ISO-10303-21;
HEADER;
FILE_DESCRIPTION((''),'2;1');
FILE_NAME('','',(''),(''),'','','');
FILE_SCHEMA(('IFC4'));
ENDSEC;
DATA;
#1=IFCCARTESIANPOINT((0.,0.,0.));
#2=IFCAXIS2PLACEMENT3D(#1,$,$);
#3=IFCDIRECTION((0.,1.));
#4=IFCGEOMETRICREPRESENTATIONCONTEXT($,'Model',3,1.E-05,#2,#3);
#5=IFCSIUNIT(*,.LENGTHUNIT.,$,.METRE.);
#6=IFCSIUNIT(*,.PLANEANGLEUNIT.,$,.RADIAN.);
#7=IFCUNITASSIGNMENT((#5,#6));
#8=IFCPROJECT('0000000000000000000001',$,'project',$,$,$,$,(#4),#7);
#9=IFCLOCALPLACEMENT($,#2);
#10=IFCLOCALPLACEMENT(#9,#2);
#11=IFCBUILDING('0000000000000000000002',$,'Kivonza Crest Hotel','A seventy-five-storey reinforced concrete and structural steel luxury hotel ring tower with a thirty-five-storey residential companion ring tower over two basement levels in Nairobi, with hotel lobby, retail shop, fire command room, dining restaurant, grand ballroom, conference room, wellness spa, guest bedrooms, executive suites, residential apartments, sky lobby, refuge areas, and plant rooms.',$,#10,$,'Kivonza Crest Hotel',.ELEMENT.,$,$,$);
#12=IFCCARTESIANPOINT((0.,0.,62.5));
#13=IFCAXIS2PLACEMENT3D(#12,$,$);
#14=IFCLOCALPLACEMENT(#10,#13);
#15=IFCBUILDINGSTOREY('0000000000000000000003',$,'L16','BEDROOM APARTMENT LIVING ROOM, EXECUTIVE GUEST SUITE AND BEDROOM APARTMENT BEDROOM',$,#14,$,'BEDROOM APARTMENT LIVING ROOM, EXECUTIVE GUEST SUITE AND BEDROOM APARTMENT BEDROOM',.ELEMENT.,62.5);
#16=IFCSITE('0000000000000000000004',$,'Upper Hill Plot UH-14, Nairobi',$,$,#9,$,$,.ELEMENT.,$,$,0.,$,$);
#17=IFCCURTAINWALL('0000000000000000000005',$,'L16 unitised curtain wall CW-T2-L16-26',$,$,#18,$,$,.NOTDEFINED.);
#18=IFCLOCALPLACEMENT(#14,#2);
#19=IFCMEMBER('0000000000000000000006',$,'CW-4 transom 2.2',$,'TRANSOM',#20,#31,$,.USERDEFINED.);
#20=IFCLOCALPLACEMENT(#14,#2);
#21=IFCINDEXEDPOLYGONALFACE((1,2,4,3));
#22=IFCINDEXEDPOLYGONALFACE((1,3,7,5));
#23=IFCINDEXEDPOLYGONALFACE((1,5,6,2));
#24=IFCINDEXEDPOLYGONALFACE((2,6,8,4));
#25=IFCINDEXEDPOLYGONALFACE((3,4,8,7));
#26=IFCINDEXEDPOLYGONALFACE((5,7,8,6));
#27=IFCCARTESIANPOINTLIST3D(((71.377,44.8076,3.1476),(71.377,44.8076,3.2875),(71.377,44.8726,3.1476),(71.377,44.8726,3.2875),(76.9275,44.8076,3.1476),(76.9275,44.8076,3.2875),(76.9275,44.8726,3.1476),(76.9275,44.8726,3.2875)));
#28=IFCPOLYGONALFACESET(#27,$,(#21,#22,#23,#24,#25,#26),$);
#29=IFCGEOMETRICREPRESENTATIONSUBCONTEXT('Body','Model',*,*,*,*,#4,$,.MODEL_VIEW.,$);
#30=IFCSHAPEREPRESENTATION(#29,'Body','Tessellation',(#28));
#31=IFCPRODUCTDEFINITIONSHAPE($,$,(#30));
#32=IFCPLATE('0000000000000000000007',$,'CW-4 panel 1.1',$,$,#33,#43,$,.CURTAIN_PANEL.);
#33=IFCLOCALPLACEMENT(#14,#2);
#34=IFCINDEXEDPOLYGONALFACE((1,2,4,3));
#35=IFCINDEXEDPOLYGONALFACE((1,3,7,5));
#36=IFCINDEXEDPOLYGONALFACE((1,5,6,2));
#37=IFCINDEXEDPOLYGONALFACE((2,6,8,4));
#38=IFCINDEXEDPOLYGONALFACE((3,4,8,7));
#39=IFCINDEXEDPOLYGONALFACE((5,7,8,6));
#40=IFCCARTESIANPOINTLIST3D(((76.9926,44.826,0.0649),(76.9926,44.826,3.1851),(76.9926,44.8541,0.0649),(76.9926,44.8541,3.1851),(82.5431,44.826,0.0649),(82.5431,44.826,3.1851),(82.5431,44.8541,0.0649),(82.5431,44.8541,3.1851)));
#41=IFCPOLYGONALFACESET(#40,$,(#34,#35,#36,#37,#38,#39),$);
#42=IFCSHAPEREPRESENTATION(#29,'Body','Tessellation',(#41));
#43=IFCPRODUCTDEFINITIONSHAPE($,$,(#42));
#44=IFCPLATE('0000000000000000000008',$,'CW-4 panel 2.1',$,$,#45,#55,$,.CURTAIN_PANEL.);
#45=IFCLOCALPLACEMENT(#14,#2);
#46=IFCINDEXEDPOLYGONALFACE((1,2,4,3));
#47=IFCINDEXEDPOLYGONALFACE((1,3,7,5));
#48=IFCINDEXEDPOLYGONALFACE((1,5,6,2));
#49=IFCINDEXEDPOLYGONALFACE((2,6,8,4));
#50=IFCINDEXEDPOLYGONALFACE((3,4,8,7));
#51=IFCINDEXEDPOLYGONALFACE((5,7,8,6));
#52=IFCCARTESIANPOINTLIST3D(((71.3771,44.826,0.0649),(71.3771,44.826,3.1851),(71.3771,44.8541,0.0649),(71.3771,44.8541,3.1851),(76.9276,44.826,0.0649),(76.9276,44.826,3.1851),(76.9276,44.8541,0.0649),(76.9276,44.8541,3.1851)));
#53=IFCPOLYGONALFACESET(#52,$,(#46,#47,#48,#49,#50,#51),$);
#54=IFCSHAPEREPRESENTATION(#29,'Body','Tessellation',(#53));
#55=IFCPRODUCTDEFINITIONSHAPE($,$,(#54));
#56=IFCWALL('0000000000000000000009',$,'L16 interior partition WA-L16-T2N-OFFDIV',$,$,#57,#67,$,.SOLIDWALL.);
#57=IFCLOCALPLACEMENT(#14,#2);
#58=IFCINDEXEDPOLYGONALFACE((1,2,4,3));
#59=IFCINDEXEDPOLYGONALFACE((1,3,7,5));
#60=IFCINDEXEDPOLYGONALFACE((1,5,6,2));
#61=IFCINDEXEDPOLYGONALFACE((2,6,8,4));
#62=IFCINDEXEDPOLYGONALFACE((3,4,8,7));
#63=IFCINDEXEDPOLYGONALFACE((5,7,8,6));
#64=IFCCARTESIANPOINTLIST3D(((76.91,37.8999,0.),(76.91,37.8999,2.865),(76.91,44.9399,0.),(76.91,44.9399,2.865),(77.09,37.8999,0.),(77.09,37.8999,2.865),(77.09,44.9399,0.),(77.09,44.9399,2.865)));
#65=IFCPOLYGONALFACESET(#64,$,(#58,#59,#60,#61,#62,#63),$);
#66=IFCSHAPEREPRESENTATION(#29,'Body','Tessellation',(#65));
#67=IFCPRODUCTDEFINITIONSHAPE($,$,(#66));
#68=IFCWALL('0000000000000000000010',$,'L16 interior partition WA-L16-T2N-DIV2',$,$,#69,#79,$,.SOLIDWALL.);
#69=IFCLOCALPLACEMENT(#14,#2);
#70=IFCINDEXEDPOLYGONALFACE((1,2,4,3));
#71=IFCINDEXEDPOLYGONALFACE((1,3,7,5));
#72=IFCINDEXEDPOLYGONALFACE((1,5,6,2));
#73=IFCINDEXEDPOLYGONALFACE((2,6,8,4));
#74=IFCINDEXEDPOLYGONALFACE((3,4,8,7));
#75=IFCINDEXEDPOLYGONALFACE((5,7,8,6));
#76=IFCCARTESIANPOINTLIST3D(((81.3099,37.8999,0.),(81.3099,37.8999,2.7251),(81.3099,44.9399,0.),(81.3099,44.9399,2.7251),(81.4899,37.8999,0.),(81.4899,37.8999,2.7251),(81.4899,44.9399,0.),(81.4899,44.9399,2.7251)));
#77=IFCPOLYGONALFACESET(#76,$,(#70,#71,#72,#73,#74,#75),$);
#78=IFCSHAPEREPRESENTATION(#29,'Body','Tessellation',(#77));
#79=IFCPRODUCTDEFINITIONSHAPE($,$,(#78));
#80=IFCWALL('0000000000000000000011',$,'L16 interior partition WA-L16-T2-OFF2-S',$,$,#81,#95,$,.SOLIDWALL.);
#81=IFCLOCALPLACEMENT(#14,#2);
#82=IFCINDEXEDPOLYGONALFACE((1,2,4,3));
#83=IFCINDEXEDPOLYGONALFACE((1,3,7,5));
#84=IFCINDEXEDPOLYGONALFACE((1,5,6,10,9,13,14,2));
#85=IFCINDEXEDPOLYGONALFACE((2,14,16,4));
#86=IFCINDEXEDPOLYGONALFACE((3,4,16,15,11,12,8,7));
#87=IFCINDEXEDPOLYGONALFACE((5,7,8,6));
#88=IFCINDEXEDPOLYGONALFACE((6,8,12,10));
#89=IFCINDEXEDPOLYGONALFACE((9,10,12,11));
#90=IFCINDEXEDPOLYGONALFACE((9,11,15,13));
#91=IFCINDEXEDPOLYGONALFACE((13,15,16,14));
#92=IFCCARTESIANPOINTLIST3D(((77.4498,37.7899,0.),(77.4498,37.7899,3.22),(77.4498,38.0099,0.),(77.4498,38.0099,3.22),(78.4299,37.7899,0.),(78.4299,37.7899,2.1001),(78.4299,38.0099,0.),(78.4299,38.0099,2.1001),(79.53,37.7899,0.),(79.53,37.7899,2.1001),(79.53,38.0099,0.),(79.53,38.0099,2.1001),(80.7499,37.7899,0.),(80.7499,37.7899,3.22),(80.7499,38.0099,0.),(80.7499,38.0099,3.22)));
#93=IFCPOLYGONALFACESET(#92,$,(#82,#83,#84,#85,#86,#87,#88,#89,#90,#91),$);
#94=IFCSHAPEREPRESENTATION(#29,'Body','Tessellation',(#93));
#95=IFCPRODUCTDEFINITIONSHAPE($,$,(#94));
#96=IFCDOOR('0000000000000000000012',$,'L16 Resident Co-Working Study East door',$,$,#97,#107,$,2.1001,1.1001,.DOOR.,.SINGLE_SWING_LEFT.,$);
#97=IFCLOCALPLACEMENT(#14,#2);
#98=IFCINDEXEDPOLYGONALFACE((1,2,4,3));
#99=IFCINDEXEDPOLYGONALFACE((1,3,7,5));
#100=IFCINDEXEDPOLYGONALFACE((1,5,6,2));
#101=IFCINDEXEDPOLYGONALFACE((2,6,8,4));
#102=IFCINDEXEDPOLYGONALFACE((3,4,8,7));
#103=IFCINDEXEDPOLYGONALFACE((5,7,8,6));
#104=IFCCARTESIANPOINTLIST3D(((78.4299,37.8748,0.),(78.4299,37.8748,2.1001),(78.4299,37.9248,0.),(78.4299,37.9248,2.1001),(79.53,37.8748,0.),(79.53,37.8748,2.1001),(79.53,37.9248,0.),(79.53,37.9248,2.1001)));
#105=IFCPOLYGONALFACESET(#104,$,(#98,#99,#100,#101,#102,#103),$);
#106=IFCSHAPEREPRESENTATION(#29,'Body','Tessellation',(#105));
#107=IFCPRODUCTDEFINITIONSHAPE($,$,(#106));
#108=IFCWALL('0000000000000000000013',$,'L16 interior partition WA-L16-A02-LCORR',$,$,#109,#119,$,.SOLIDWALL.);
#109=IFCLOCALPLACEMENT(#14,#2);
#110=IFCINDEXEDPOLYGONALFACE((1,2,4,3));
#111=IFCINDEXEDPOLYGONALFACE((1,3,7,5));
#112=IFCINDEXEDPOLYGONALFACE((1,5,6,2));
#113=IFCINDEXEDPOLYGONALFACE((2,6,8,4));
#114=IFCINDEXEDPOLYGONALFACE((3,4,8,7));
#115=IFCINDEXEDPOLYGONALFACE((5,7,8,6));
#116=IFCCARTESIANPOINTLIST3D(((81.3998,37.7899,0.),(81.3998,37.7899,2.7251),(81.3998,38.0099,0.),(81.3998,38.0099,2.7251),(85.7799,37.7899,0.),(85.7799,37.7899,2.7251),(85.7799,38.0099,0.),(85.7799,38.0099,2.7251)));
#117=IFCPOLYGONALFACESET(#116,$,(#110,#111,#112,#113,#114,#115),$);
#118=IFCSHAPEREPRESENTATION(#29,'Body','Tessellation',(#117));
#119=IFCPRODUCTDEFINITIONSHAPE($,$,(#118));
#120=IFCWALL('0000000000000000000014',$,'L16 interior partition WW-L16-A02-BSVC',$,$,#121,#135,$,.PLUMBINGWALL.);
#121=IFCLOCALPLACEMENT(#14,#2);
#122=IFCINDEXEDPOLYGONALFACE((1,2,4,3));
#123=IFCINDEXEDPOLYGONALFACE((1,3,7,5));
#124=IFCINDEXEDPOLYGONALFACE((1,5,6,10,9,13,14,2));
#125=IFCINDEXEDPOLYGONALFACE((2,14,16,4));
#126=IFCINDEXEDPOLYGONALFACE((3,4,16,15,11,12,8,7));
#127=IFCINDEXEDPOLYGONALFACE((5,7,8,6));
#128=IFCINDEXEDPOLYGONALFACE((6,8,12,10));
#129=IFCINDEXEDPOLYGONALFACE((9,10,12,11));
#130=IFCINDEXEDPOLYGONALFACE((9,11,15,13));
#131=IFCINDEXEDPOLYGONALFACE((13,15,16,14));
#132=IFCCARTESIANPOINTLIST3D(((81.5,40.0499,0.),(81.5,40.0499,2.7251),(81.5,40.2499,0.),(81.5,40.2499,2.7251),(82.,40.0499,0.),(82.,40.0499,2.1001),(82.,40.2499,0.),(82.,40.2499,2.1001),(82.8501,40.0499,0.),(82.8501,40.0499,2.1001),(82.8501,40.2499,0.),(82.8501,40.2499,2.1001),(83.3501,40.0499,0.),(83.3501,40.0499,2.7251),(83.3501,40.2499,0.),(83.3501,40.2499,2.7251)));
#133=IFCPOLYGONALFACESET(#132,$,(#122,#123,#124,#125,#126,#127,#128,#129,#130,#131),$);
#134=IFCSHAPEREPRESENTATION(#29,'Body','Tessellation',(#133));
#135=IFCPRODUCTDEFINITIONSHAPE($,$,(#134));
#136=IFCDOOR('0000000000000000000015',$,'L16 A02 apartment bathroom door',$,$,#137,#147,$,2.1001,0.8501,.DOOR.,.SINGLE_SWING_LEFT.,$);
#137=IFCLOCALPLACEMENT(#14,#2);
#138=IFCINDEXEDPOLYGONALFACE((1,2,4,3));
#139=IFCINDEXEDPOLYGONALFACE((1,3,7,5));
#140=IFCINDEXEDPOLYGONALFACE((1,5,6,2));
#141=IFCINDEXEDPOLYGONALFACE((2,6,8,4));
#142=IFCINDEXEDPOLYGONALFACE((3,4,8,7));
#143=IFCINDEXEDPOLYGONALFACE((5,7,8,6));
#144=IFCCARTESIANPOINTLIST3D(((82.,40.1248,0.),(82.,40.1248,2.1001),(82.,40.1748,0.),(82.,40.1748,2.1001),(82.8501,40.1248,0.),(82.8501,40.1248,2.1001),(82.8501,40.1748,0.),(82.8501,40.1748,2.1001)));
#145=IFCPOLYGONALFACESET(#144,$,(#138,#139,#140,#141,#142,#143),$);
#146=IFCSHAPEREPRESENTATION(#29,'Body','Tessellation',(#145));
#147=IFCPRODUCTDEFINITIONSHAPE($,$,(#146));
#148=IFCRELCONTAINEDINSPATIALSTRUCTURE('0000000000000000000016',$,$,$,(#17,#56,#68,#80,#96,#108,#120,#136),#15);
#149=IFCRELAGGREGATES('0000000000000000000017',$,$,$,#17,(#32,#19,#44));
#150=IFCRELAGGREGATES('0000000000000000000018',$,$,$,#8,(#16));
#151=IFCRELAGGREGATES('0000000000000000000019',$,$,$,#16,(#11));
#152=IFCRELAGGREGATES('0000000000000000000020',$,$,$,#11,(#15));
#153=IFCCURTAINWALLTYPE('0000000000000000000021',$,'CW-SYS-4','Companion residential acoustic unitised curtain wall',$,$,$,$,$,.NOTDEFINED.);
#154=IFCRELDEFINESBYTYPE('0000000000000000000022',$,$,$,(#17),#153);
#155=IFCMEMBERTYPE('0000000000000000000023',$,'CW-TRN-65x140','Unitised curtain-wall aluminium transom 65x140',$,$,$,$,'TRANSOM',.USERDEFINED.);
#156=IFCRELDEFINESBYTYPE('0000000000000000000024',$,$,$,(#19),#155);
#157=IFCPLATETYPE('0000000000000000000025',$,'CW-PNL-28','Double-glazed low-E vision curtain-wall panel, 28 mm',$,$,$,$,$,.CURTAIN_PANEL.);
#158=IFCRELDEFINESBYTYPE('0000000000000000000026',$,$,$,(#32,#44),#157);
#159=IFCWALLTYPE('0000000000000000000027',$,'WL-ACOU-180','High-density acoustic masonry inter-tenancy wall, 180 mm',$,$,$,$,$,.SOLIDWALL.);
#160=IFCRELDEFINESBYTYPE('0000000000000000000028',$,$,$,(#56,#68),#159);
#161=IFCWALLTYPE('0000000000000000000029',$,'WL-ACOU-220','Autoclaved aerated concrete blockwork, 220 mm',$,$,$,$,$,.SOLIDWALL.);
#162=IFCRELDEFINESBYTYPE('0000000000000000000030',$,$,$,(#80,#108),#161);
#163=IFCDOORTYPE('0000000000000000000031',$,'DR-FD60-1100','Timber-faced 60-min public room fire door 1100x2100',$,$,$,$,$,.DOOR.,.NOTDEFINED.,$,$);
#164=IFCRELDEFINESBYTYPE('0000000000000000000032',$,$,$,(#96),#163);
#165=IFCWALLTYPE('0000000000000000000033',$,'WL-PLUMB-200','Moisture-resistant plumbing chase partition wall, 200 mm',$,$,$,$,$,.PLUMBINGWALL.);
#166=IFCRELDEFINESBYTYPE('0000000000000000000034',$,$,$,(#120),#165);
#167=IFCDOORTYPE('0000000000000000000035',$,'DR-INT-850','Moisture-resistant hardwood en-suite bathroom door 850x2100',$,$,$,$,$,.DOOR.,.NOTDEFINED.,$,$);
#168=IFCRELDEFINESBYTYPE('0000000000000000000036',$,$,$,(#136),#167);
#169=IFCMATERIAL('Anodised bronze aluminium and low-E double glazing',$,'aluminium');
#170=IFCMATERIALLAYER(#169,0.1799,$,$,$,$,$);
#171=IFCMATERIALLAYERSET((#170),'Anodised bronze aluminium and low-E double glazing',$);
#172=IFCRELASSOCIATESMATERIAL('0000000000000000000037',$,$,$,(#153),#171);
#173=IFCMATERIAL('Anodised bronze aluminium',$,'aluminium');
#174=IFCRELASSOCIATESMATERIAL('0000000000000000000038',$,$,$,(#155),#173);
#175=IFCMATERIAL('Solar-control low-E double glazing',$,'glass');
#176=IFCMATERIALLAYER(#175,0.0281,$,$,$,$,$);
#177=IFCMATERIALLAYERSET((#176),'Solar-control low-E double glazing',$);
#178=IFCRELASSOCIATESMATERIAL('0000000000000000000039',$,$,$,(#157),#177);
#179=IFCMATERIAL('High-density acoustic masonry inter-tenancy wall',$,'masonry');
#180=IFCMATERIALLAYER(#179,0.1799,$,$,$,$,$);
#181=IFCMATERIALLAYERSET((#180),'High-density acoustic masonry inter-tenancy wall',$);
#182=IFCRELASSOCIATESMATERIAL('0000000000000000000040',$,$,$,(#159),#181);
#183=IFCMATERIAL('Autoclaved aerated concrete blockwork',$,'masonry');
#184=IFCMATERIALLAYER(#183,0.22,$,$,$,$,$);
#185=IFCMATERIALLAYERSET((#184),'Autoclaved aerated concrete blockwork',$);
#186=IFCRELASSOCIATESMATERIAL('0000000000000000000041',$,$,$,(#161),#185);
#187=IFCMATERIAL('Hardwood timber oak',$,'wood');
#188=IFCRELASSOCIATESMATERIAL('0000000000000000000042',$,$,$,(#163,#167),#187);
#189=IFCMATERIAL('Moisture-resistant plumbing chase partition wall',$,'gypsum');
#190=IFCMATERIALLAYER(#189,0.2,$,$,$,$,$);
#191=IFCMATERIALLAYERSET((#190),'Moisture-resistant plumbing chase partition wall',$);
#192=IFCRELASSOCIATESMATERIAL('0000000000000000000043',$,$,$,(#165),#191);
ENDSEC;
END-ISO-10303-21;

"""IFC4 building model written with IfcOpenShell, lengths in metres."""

from ifc_helpers import new_model, si_unit, direction, frame, frame_2d, origin, origin_2d, place, context, subcontext, project, spatial, rectangle, extrude, material, layer, layer_set, material_profile, profile_set, type_object, element, fill, aggregate, save


model = new_model("IFC4")

# Units and contexts
model_context = context("Model", 3, precision=1e-05, world=origin(), true_north=direction((0.0, 1.0)))
body_context = subcontext(model_context, "Body", "Model", "MODEL_VIEW")
ifc_project = project(units=[si_unit("LENGTHUNIT", "METRE"), si_unit("PLANEANGLEUNIT", "RADIAN")], contexts=[model_context])

# Site, building, storey
site_placement = place(None, origin())
site = spatial("IfcSite", under=ifc_project, at=site_placement, Name="Upper Hill Plot UH-14, Nairobi", CompositionType="ELEMENT", RefElevation=0.0)
building_placement = place(site_placement, origin())
building = spatial("IfcBuilding", under=site, at=building_placement, Name="Kivonza Crest Hotel", Description="A seventy-five-storey reinforced concrete and structural steel luxury hotel ring tower with a thirty-five-storey residential companion ring tower over two basement levels in Nairobi, with hotel lobby, retail shop, fire command room, dining restaurant, grand ballroom, conference room, wellness spa, guest bedrooms, executive suites, residential apartments, sky lobby, refuge areas, and plant rooms.", LongName="Kivonza Crest Hotel", CompositionType="ELEMENT")
storey_placement = place(building_placement, frame((0.0, 0.0, 62.5)))
storey = spatial("IfcBuildingStorey", under=building, at=storey_placement, Name="L16", Description="BEDROOM APARTMENT LIVING ROOM, EXECUTIVE GUEST SUITE AND BEDROOM APARTMENT BEDROOM", LongName="BEDROOM APARTMENT LIVING ROOM, EXECUTIVE GUEST SUITE AND BEDROOM APARTMENT BEDROOM", CompositionType="ELEMENT", Elevation=62.5)

# Curtain wall, member, plates
ifc_material_1 = material(Name="Anodised bronze aluminium and low-E double glazing", Category="aluminium")
ifc_layer_1 = layer(ifc_material_1, 0.1799)
ifc_layer_set_1 = layer_set([ifc_layer_1], Name="Anodised bronze aluminium and low-E double glazing")
curtain_wall_type = type_object("IfcCurtainWallType", Name="CW-SYS-4", Description="Companion residential acoustic unitised curtain wall", PredefinedType="NOTDEFINED", material=ifc_layer_set_1)
curtain_wall_placement = place(storey_placement, origin())
curtain_wall = element("IfcCurtainWall", 1, at=curtain_wall_placement, inside=storey, type_object=curtain_wall_type, Name="L16 unitised curtain wall CW-T2-L16-26", PredefinedType="NOTDEFINED")
ifc_material_2 = material(Name="Anodised bronze aluminium", Category="aluminium")
ifc_material_profile_1 = material_profile(ifc_material_2, rectangle(XDim=0.0649, YDim=0.1399, at=origin_2d()), Name="CW-T 65x140")
ifc_profile_set_1 = profile_set([ifc_material_profile_1], Name="Anodised bronze aluminium")
member_type_1 = type_object("IfcMemberType", Name="CW-TRN-65x140", Description="Unitised curtain-wall aluminium transom 65x140", ElementType="TRANSOM", PredefinedType="USERDEFINED", material=ifc_profile_set_1)
member_1_placement = place(storey_placement, frame((76.9275, 44.8401, 3.2175), z_axis=(-1.0, 0.0, 0.0), x_axis=(0.0, -1.0, 0.0)))
member_1 = element("IfcMember", 2, at=member_1_placement, type_object=member_type_1, Name="CW-4 transom 2.2", ObjectType="TRANSOM", PredefinedType="USERDEFINED", context=body_context, shape_type="SweptSolid", body=[
    extrude(rectangle(XDim=0.0649, YDim=0.1399, at=origin_2d()), origin(), (0.0, 0.0, 1.0), 5.5505),
])
ifc_material_3 = material(Name="Solar-control low-E double glazing", Category="glass")
ifc_layer_2 = layer(ifc_material_3, 0.0281)
ifc_layer_set_2 = layer_set([ifc_layer_2], Name="Solar-control low-E double glazing")
plate_type = type_object("IfcPlateType", Name="CW-PNL-28", Description="Double-glazed low-E vision curtain-wall panel, 28 mm", PredefinedType="CURTAIN_PANEL", material=ifc_layer_set_2)
plate_1_placement = place(storey_placement, frame((79.7678, 44.8401, 0.0649), z_axis=(0.0, 0.0, 1.0), x_axis=(-1.0, 0.0, 0.0)))
plate_1 = element("IfcPlate", 3, at=plate_1_placement, type_object=plate_type, Name="CW-4 panel 1.1", PredefinedType="CURTAIN_PANEL", context=body_context, shape_type="SweptSolid", body=[
    extrude(rectangle(XDim=5.5505, YDim=0.0281, at=origin_2d()), origin(), (0.0, 0.0, 1.0), 3.1201),
])
plate_2_placement = place(storey_placement, frame((74.1523, 44.8401, 0.0649), z_axis=(0.0, 0.0, 1.0), x_axis=(-1.0, 0.0, 0.0)))
plate_2 = element("IfcPlate", 4, at=plate_2_placement, type_object=plate_type, Name="CW-4 panel 2.1", PredefinedType="CURTAIN_PANEL", context=body_context, shape_type="SweptSolid", body=[
    extrude(rectangle(XDim=5.5505, YDim=0.0281, at=origin_2d()), origin(), (0.0, 0.0, 1.0), 3.1201),
])
aggregate(curtain_wall, [plate_1, member_1, plate_2])

# Walls
ifc_material_4 = material(Name="High-density acoustic masonry inter-tenancy wall", Category="masonry")
ifc_layer_3 = layer(ifc_material_4, 0.1799)
ifc_layer_set_3 = layer_set([ifc_layer_3], Name="High-density acoustic masonry inter-tenancy wall")
wall_type_1 = type_object("IfcWallType", Name="WL-ACOU-180", Description="High-density acoustic masonry inter-tenancy wall, 180 mm", PredefinedType="SOLIDWALL", material=ifc_layer_set_3)
wall_1_placement = place(storey_placement, frame((77.0, 37.8999, 0.0), z_axis=(0.0, 0.0, 1.0), x_axis=(0.0, 1.0, 0.0)))
element("IfcWall", 5, at=wall_1_placement, inside=storey, type_object=wall_type_1, Name="L16 interior partition WA-L16-T2N-OFFDIV", PredefinedType="SOLIDWALL", context=body_context, shape_type="SweptSolid", body=[
    extrude(rectangle(XDim=7.04, YDim=0.1799, at=frame_2d((3.52, 0.0))), origin(), (0.0, 0.0, 1.0), 2.865),
])
wall_2_placement = place(storey_placement, frame((81.3999, 37.8999, 0.0), z_axis=(0.0, 0.0, 1.0), x_axis=(0.0, 1.0, 0.0)))
element("IfcWall", 6, at=wall_2_placement, inside=storey, type_object=wall_type_1, Name="L16 interior partition WA-L16-T2N-DIV2", PredefinedType="SOLIDWALL", context=body_context, shape_type="SweptSolid", body=[
    extrude(rectangle(XDim=7.04, YDim=0.1799, at=frame_2d((3.52, 0.0))), origin(), (0.0, 0.0, 1.0), 2.7251),
])

# Wall, opening, door
ifc_material_5 = material(Name="Autoclaved aerated concrete blockwork", Category="masonry")
ifc_layer_4 = layer(ifc_material_5, 0.22)
ifc_layer_set_4 = layer_set([ifc_layer_4], Name="Autoclaved aerated concrete blockwork")
wall_type_2 = type_object("IfcWallType", Name="WL-ACOU-220", Description="Autoclaved aerated concrete blockwork, 220 mm", PredefinedType="SOLIDWALL", material=ifc_layer_set_4)
wall_3_placement = place(storey_placement, frame((77.45, 37.8999, 0.0), z_axis=(0.0, 0.0, 1.0), x_axis=(1.0, 0.0, 0.0)))
wall_3 = element("IfcWall", 7, at=wall_3_placement, inside=storey, type_object=wall_type_2, Name="L16 interior partition WA-L16-T2-OFF2-S", PredefinedType="SOLIDWALL", context=body_context, shape_type="SweptSolid", body=[
    extrude(rectangle(XDim=3.3, YDim=0.22, at=frame_2d((1.6499, 0.0))), origin(), (0.0, 0.0, 1.0), 3.22),
])
opening_1_placement = place(wall_3_placement, frame((0.98, 0.0, 0.0)))
opening_1 = element("IfcOpeningElement", 8, at=opening_1_placement, cuts=wall_3, PredefinedType="OPENING", context=body_context, shape_type="SweptSolid", body=[
    extrude(rectangle(XDim=1.1001, YDim=2.1001, at=frame_2d((0.55, 1.05))), frame((0.0, 0.1201, 0.0), z_axis=(0.0, -1.0, 0.0), x_axis=(1.0, 0.0, 0.0)), (0.0, 0.0, 1.0), 0.24),
])
ifc_material_6 = material(Name="Hardwood timber oak", Category="wood")
door_type_1 = type_object("IfcDoorType", Name="DR-FD60-1100", Description="Timber-faced 60-min public room fire door 1100x2100", OperationType="NOTDEFINED", PredefinedType="DOOR", material=ifc_material_6)
door_1_placement = place(opening_1_placement, origin())
door_1 = element("IfcDoor", 9, at=door_1_placement, inside=storey, type_object=door_type_1, Name="L16 Resident Co-Working Study East door", OperationType="SINGLE_SWING_LEFT", OverallHeight=2.1001, OverallWidth=1.1001, PredefinedType="DOOR", context=body_context, shape_type="SweptSolid", body=[
    extrude(rectangle(XDim=1.1001, YDim=2.1001, at=frame_2d((0.55, 1.05))), frame((0.0, 0.0249, 0.0), z_axis=(0.0, -1.0, 0.0), x_axis=(1.0, 0.0, 0.0)), (0.0, 0.0, 1.0), 0.05),
])
fill(opening_1, door_1)

# Wall
wall_4_placement = place(storey_placement, frame((81.3999, 37.8999, 0.0), z_axis=(0.0, 0.0, 1.0), x_axis=(1.0, 0.0, 0.0)))
element("IfcWall", 10, at=wall_4_placement, inside=storey, type_object=wall_type_2, Name="L16 interior partition WA-L16-A02-LCORR", PredefinedType="SOLIDWALL", context=body_context, shape_type="SweptSolid", body=[
    extrude(rectangle(XDim=4.3801, YDim=0.22, at=frame_2d((2.1899, 0.0))), origin(), (0.0, 0.0, 1.0), 2.7251),
])

# Wall, opening, door
ifc_material_7 = material(Name="Moisture-resistant plumbing chase partition wall", Category="gypsum")
ifc_layer_5 = layer(ifc_material_7, 0.2)
ifc_layer_set_5 = layer_set([ifc_layer_5], Name="Moisture-resistant plumbing chase partition wall")
wall_type_3 = type_object("IfcWallType", Name="WL-PLUMB-200", Description="Moisture-resistant plumbing chase partition wall, 200 mm", PredefinedType="PLUMBINGWALL", material=ifc_layer_set_5)
wall_5_placement = place(storey_placement, frame((81.5, 40.1499, 0.0), z_axis=(0.0, 0.0, 1.0), x_axis=(1.0, 0.0, 0.0)))
wall_5 = element("IfcWall", 11, at=wall_5_placement, inside=storey, type_object=wall_type_3, Name="L16 interior partition WW-L16-A02-BSVC", PredefinedType="PLUMBINGWALL", context=body_context, shape_type="SweptSolid", body=[
    extrude(rectangle(XDim=1.8501, YDim=0.2, at=frame_2d((0.925, 0.0))), origin(), (0.0, 0.0, 1.0), 2.7251),
])
opening_2_placement = place(wall_5_placement, frame((0.5, 0.0, 0.0)))
opening_2 = element("IfcOpeningElement", 12, at=opening_2_placement, cuts=wall_5, PredefinedType="OPENING", context=body_context, shape_type="SweptSolid", body=[
    extrude(rectangle(XDim=0.8501, YDim=2.1001, at=frame_2d((0.425, 1.05))), frame((0.0, 0.1099, 0.0), z_axis=(0.0, -1.0, 0.0), x_axis=(1.0, 0.0, 0.0)), (0.0, 0.0, 1.0), 0.22),
])
door_type_2 = type_object("IfcDoorType", Name="DR-INT-850", Description="Moisture-resistant hardwood en-suite bathroom door 850x2100", OperationType="NOTDEFINED", PredefinedType="DOOR", material=ifc_material_6)
door_2_placement = place(opening_2_placement, origin())
door_2 = element("IfcDoor", 13, at=door_2_placement, inside=storey, type_object=door_type_2, Name="L16 A02 apartment bathroom door", OperationType="SINGLE_SWING_LEFT", OverallHeight=2.1001, OverallWidth=0.8501, PredefinedType="DOOR", context=body_context, shape_type="SweptSolid", body=[
    extrude(rectangle(XDim=0.8501, YDim=2.1001, at=frame_2d((0.425, 1.05))), frame((0.0, 0.0249, 0.0), z_axis=(0.0, -1.0, 0.0), x_axis=(1.0, 0.0, 0.0)), (0.0, 0.0, 1.0), 0.05),
])
fill(opening_2, door_2)

save(model, "model.ifc")
